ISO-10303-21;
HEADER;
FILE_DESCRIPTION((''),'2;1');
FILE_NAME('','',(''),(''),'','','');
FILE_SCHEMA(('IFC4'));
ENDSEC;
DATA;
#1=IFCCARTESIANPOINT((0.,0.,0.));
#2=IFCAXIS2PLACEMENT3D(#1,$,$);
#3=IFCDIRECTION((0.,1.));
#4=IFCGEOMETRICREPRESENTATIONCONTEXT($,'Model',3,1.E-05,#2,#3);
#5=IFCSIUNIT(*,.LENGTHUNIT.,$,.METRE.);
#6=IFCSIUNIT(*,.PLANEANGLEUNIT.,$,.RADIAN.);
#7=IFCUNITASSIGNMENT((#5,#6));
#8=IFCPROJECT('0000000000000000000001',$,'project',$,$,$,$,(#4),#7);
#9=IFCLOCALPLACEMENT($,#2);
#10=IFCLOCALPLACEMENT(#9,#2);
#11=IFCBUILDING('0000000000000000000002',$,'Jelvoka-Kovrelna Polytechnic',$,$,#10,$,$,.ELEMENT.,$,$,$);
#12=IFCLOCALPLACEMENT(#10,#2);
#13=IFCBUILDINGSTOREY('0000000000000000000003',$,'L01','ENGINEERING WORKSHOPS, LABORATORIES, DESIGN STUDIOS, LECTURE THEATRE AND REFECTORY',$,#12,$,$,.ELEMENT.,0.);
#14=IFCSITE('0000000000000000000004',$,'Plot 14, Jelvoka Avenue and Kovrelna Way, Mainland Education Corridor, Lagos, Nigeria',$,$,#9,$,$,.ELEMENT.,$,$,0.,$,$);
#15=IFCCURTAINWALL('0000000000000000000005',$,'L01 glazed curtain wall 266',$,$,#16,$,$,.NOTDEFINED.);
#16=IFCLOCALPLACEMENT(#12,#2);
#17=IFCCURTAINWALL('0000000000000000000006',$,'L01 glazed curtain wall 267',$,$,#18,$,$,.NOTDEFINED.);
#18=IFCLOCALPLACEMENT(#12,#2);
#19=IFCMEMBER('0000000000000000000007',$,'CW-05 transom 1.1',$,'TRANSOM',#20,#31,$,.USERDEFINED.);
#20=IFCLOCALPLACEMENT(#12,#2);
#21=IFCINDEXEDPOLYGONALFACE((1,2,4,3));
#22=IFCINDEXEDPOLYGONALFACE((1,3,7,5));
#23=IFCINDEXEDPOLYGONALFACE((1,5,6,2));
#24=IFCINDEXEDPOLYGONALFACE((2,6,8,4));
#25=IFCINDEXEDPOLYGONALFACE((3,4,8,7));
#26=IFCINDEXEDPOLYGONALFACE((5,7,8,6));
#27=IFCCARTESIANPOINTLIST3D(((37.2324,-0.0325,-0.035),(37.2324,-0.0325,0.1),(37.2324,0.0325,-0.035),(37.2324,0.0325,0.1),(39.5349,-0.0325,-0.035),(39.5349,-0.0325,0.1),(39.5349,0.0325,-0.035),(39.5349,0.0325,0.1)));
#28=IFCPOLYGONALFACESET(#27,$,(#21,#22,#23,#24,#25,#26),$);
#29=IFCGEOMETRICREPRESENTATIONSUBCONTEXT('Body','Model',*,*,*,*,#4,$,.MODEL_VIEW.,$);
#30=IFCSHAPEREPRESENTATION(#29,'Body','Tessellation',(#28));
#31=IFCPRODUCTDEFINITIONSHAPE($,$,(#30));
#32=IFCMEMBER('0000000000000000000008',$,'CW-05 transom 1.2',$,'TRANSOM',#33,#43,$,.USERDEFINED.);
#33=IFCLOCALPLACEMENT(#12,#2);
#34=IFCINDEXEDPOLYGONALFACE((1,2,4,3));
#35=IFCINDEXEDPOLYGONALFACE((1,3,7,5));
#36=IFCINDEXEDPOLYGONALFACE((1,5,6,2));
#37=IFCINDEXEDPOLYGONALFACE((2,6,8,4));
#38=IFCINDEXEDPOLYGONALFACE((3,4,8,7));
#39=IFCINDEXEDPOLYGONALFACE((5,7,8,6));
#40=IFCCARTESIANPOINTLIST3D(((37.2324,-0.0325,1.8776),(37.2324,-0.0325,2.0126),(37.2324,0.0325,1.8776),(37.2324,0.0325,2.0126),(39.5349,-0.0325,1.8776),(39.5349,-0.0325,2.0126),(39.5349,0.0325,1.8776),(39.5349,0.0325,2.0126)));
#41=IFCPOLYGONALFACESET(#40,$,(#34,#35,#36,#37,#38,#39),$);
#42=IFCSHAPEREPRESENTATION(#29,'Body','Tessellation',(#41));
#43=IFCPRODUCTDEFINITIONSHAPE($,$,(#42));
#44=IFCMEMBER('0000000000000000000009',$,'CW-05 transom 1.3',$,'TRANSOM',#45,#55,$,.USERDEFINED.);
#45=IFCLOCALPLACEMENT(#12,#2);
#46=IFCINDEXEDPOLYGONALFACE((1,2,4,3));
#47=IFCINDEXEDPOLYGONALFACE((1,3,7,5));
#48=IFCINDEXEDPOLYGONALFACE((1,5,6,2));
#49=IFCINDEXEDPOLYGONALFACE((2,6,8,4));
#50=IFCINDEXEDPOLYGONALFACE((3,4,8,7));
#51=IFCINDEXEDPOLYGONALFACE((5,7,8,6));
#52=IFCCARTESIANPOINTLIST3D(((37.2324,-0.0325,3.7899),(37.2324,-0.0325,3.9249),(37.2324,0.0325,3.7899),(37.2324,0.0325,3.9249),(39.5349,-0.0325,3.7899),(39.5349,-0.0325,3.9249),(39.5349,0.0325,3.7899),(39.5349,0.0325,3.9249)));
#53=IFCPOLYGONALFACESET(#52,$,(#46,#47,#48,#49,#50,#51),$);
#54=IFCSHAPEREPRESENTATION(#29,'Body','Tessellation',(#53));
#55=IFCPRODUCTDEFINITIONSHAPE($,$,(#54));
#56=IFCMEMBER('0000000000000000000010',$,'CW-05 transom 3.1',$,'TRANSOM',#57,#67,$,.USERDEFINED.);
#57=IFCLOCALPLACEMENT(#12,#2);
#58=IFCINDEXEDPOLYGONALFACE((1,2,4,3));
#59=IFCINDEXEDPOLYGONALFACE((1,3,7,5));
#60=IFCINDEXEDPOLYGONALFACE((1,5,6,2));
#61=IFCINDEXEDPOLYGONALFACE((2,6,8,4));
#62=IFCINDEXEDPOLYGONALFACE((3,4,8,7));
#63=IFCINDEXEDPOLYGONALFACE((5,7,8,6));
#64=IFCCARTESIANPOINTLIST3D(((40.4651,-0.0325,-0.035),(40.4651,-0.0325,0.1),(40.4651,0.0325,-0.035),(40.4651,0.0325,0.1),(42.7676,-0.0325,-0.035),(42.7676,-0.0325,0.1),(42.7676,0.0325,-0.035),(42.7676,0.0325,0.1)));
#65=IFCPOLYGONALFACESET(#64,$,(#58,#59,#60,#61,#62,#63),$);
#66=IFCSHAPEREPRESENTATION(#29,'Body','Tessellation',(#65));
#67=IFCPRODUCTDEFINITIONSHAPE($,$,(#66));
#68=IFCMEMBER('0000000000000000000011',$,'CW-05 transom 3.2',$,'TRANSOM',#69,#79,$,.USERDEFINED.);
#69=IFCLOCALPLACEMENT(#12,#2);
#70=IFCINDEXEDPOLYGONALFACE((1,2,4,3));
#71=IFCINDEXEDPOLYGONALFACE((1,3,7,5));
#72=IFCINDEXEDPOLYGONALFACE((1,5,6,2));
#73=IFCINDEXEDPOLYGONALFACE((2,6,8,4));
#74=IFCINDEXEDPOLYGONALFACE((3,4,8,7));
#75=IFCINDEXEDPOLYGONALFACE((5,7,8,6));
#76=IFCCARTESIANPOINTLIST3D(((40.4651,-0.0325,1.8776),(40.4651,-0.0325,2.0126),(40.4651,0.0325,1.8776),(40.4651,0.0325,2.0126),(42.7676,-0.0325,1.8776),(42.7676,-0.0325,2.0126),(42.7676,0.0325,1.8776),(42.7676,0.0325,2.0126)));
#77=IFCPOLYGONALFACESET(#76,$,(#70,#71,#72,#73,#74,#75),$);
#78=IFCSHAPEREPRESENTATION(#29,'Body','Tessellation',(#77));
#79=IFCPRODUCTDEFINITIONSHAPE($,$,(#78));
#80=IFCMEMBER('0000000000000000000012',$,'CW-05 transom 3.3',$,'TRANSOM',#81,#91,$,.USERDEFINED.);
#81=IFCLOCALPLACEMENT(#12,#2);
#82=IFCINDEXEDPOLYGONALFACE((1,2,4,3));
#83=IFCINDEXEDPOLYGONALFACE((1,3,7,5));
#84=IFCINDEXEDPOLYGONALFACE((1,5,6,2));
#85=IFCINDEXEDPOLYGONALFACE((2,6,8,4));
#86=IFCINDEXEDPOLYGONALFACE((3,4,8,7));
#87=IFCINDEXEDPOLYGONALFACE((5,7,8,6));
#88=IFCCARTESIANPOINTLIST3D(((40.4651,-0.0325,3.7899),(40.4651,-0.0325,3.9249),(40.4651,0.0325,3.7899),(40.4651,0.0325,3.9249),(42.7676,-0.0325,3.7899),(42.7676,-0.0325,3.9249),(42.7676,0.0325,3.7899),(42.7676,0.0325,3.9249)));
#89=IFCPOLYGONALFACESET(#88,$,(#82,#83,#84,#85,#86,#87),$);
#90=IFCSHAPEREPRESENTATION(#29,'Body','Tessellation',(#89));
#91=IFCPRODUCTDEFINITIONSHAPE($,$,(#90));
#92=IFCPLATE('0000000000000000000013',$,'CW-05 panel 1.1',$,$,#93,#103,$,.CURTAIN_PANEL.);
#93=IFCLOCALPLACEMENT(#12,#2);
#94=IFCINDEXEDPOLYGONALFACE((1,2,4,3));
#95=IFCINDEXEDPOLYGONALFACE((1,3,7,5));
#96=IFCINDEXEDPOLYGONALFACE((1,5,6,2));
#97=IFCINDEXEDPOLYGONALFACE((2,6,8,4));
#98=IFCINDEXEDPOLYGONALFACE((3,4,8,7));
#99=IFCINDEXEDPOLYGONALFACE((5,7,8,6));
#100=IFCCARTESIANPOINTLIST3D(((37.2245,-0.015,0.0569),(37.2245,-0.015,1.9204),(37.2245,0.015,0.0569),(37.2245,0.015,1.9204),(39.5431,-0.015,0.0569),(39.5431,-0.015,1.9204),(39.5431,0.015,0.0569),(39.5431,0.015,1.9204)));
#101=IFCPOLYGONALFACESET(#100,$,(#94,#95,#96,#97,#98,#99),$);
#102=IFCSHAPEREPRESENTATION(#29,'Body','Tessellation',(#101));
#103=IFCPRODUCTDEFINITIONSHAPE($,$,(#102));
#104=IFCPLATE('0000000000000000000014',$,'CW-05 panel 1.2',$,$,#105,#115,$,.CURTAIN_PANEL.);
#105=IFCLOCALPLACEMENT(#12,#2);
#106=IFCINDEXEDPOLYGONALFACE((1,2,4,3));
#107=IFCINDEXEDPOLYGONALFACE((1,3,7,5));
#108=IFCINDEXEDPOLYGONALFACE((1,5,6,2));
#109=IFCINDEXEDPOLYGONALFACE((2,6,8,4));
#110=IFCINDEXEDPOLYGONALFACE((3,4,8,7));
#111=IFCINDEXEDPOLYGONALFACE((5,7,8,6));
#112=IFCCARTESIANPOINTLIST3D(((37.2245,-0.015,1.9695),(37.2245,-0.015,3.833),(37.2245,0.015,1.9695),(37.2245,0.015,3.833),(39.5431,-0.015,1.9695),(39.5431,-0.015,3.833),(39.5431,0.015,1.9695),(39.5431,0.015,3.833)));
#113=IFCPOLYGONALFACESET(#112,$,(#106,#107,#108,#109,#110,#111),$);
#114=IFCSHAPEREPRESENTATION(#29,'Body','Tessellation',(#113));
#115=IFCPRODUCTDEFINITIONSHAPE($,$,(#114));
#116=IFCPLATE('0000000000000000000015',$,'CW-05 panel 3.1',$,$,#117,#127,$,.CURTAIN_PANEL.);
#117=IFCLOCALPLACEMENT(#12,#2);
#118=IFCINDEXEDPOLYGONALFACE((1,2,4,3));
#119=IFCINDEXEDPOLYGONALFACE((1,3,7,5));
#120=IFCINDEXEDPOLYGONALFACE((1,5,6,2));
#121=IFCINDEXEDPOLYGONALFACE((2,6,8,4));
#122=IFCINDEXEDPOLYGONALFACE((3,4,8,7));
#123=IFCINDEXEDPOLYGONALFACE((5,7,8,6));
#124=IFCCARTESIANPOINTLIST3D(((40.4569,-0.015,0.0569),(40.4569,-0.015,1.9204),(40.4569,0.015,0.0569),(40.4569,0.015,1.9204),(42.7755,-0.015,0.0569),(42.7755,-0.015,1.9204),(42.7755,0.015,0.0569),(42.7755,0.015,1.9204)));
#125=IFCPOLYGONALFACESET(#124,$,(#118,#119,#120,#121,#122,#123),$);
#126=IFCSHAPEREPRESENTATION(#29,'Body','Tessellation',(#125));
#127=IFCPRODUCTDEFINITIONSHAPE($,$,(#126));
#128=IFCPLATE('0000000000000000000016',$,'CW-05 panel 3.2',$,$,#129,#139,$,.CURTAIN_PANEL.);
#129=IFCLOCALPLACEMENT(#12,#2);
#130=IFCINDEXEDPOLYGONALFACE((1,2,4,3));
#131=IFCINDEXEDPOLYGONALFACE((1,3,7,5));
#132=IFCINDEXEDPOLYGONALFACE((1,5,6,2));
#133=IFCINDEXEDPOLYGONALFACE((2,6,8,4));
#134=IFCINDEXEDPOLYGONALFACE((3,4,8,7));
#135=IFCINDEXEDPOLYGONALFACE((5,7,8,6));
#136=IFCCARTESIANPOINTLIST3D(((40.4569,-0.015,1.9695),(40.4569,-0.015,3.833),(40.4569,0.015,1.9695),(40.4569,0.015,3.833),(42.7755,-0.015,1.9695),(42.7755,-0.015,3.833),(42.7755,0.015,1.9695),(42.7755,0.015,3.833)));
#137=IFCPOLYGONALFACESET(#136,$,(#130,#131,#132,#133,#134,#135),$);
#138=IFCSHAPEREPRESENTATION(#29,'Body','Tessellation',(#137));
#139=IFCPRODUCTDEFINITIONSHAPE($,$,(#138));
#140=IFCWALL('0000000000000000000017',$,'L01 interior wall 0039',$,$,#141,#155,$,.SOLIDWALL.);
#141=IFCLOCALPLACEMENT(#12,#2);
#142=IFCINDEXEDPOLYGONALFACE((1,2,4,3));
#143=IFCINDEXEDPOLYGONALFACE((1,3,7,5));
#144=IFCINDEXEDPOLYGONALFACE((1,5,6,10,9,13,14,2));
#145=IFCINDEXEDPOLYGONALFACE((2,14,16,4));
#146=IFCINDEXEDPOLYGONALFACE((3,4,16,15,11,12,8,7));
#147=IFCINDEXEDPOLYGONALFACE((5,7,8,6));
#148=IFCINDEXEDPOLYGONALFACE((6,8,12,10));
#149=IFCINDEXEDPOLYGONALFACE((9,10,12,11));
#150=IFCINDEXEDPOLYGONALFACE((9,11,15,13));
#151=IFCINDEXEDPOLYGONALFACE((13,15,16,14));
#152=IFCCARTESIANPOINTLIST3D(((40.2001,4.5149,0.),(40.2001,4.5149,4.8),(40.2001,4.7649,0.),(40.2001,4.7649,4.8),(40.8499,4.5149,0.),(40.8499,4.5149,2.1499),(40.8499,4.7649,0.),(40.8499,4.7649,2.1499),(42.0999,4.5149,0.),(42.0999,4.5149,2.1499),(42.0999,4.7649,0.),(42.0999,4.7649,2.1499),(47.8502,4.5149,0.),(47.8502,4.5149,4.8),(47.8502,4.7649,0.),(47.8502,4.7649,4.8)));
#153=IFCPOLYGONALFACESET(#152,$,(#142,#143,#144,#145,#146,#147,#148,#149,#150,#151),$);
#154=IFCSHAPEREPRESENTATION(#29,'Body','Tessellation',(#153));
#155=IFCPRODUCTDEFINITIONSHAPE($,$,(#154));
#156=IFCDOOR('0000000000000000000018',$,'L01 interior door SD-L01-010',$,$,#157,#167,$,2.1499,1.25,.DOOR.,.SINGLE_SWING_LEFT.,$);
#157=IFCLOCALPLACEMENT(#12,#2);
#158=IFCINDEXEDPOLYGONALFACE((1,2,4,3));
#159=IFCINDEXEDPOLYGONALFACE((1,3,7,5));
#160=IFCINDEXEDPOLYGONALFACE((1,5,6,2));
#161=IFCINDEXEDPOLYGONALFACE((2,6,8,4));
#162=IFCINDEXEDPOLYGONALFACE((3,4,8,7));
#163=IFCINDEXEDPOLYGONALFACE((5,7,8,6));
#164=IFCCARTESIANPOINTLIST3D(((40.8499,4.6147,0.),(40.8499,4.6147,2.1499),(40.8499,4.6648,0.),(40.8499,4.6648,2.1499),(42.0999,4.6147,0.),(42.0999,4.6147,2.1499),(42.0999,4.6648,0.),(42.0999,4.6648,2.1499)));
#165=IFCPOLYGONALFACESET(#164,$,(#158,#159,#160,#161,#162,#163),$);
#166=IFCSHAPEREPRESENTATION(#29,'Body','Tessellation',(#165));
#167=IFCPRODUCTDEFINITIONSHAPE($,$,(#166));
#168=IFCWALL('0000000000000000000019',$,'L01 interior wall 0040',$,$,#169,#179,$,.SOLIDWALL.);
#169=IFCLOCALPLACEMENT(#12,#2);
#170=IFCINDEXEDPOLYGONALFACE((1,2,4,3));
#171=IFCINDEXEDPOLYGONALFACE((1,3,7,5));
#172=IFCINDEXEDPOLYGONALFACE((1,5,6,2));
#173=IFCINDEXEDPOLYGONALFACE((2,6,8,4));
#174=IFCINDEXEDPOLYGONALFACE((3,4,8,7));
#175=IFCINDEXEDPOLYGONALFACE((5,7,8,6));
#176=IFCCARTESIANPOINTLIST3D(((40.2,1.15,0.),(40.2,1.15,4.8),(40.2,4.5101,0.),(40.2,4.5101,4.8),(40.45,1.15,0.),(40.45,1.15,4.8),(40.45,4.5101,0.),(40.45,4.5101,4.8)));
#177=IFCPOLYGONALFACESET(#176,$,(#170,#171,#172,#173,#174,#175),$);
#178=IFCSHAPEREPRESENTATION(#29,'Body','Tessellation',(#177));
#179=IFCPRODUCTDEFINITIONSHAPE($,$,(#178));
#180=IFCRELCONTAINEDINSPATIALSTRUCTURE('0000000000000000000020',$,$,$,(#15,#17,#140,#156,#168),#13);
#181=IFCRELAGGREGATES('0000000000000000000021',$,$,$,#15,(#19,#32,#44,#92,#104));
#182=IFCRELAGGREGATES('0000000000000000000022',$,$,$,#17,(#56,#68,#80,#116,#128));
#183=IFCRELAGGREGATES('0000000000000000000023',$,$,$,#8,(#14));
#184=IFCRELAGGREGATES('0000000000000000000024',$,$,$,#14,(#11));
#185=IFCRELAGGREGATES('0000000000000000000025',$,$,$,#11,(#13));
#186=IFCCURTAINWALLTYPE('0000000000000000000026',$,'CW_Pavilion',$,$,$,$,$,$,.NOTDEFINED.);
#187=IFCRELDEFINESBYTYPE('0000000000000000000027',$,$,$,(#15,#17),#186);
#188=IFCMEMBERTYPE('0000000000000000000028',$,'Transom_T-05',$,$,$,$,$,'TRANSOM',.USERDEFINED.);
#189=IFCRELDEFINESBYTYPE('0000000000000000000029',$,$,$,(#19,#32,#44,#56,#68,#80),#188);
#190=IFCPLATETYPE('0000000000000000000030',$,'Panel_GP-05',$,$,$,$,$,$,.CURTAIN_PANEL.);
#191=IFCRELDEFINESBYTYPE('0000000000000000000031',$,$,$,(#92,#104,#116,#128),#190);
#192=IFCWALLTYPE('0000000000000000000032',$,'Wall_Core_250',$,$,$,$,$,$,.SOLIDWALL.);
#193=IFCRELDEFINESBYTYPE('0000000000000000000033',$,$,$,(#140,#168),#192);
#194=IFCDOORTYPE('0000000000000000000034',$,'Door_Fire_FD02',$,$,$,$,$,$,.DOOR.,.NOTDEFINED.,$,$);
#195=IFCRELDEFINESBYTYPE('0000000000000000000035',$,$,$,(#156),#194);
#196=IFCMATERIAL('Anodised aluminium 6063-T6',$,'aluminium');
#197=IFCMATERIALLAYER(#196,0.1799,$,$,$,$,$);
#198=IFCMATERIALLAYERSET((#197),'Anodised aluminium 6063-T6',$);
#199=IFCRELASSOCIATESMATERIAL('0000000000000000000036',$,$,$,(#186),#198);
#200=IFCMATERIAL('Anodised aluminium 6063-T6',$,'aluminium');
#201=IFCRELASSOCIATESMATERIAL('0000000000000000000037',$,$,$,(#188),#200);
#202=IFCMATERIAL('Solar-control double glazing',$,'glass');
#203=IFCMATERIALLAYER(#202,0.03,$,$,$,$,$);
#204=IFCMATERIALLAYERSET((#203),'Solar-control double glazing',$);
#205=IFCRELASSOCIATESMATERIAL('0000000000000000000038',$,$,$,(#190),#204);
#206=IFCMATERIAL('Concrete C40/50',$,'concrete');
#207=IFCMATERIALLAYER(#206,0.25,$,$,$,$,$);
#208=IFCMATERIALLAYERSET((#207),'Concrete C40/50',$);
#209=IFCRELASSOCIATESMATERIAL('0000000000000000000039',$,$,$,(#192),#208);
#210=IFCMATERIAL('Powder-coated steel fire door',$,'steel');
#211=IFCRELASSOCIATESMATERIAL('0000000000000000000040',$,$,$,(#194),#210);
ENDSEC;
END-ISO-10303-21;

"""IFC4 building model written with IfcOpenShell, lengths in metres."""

from ifc_helpers import new_model, si_unit, direction, frame, frame_2d, origin, origin_2d, place, context, subcontext, project, spatial, rectangle, extrude, material, layer, layer_set, material_profile, profile_set, type_object, element, fill, aggregate, save


model = new_model("IFC4")

# Units and contexts
model_context = context("Model", 3, precision=1e-05, world=origin(), true_north=direction((0.0, 1.0)))
body_context = subcontext(model_context, "Body", "Model", "MODEL_VIEW")
ifc_project = project(units=[si_unit("LENGTHUNIT", "METRE"), si_unit("PLANEANGLEUNIT", "RADIAN")], contexts=[model_context])

# Site, building, storey
site_placement = place(None, origin())
site = spatial("IfcSite", under=ifc_project, at=site_placement, Name="Plot 14, Jelvoka Avenue and Kovrelna Way, Mainland Education Corridor, Lagos, Nigeria", CompositionType="ELEMENT", RefElevation=0.0)
building_placement = place(site_placement, origin())
building = spatial("IfcBuilding", under=site, at=building_placement, Name="Jelvoka-Kovrelna Polytechnic", CompositionType="ELEMENT")
storey_placement = place(building_placement, origin())
storey = spatial("IfcBuildingStorey", under=building, at=storey_placement, Name="L01", Description="ENGINEERING WORKSHOPS, LABORATORIES, DESIGN STUDIOS, LECTURE THEATRE AND REFECTORY", CompositionType="ELEMENT", Elevation=0.0)

# Curtain walls
ifc_material_1 = material(Name="Anodised aluminium 6063-T6", Category="aluminium")
ifc_layer_1 = layer(ifc_material_1, 0.1799)
ifc_layer_set_1 = layer_set([ifc_layer_1], Name="Anodised aluminium 6063-T6")
curtain_wall_type = type_object("IfcCurtainWallType", Name="CW_Pavilion", PredefinedType="NOTDEFINED", material=ifc_layer_set_1)
curtain_wall_1_placement = place(storey_placement, origin())
curtain_wall_1 = element("IfcCurtainWall", 1, at=curtain_wall_1_placement, inside=storey, type_object=curtain_wall_type, Name="L01 glazed curtain wall 266", PredefinedType="NOTDEFINED")
curtain_wall_2_placement = place(storey_placement, origin())
curtain_wall_2 = element("IfcCurtainWall", 2, at=curtain_wall_2_placement, inside=storey, type_object=curtain_wall_type, Name="L01 glazed curtain wall 267", PredefinedType="NOTDEFINED")

# Members
ifc_material_2 = material(Name="Anodised aluminium 6063-T6", Category="aluminium")
ifc_material_profile_1 = material_profile(ifc_material_2, rectangle(XDim=0.0649, YDim=0.135, at=origin_2d()), Name="ALU 65x135")
ifc_profile_set_1 = profile_set([ifc_material_profile_1], Name="Anodised aluminium 6063-T6")
member_type_1 = type_object("IfcMemberType", Name="Transom_T-05", ElementType="TRANSOM", PredefinedType="USERDEFINED", material=ifc_profile_set_1)
member_1_placement = place(storey_placement, frame((39.5349, 0.0, 0.0325), z_axis=(-1.0, 0.0, 0.0), x_axis=(0.0, -1.0, 0.0)))
member_1 = element("IfcMember", 3, at=member_1_placement, type_object=member_type_1, Name="CW-05 transom 1.1", ObjectType="TRANSOM", PredefinedType="USERDEFINED", context=body_context, shape_type="SweptSolid", body=[
    extrude(rectangle(XDim=0.0649, YDim=0.135, at=origin_2d()), origin(), (0.0, 0.0, 1.0), 2.3025),
])
member_2_placement = place(storey_placement, frame((39.5349, 0.0, 1.9451), z_axis=(-1.0, 0.0, 0.0), x_axis=(0.0, -1.0, 0.0)))
member_2 = element("IfcMember", 4, at=member_2_placement, type_object=member_type_1, Name="CW-05 transom 1.2", ObjectType="TRANSOM", PredefinedType="USERDEFINED", context=body_context, shape_type="SweptSolid", body=[
    extrude(rectangle(XDim=0.0649, YDim=0.135, at=origin_2d()), origin(), (0.0, 0.0, 1.0), 2.3025),
])
member_3_placement = place(storey_placement, frame((39.5349, 0.0, 3.8574), z_axis=(-1.0, 0.0, 0.0), x_axis=(0.0, -1.0, 0.0)))
member_3 = element("IfcMember", 5, at=member_3_placement, type_object=member_type_1, Name="CW-05 transom 1.3", ObjectType="TRANSOM", PredefinedType="USERDEFINED", context=body_context, shape_type="SweptSolid", body=[
    extrude(rectangle(XDim=0.0649, YDim=0.135, at=origin_2d()), origin(), (0.0, 0.0, 1.0), 2.3025),
])
member_4_placement = place(storey_placement, frame((42.7676, 0.0, 0.0325), z_axis=(-1.0, 0.0, 0.0), x_axis=(0.0, -1.0, 0.0)))
member_4 = element("IfcMember", 6, at=member_4_placement, type_object=member_type_1, Name="CW-05 transom 3.1", ObjectType="TRANSOM", PredefinedType="USERDEFINED", context=body_context, shape_type="SweptSolid", body=[
    extrude(rectangle(XDim=0.0649, YDim=0.135, at=origin_2d()), origin(), (0.0, 0.0, 1.0), 2.3025),
])
member_5_placement = place(storey_placement, frame((42.7676, 0.0, 1.9451), z_axis=(-1.0, 0.0, 0.0), x_axis=(0.0, -1.0, 0.0)))
member_5 = element("IfcMember", 7, at=member_5_placement, type_object=member_type_1, Name="CW-05 transom 3.2", ObjectType="TRANSOM", PredefinedType="USERDEFINED", context=body_context, shape_type="SweptSolid", body=[
    extrude(rectangle(XDim=0.0649, YDim=0.135, at=origin_2d()), origin(), (0.0, 0.0, 1.0), 2.3025),
])
member_6_placement = place(storey_placement, frame((42.7676, 0.0, 3.8574), z_axis=(-1.0, 0.0, 0.0), x_axis=(0.0, -1.0, 0.0)))
member_6 = element("IfcMember", 8, at=member_6_placement, type_object=member_type_1, Name="CW-05 transom 3.3", ObjectType="TRANSOM", PredefinedType="USERDEFINED", context=body_context, shape_type="SweptSolid", body=[
    extrude(rectangle(XDim=0.0649, YDim=0.135, at=origin_2d()), origin(), (0.0, 0.0, 1.0), 2.3025),
])

# Plates
ifc_material_3 = material(Name="Solar-control double glazing", Category="glass")
ifc_layer_2 = layer(ifc_material_3, 0.03)
ifc_layer_set_2 = layer_set([ifc_layer_2], Name="Solar-control double glazing")
plate_type = type_object("IfcPlateType", Name="Panel_GP-05", PredefinedType="CURTAIN_PANEL", material=ifc_layer_set_2)
plate_1_placement = place(storey_placement, frame((38.3838, 0.0, 0.0569), z_axis=(0.0, 0.0, 1.0), x_axis=(-1.0, 0.0, 0.0)))
plate_1 = element("IfcPlate", 9, at=plate_1_placement, type_object=plate_type, Name="CW-05 panel 1.1", PredefinedType="CURTAIN_PANEL", context=body_context, shape_type="SweptSolid", body=[
    extrude(rectangle(XDim=2.3186, YDim=0.03, at=origin_2d()), origin(), (0.0, 0.0, 1.0), 1.8635),
])
plate_2_placement = place(storey_placement, frame((38.3838, 0.0, 1.9695), z_axis=(0.0, 0.0, 1.0), x_axis=(-1.0, 0.0, 0.0)))
plate_2 = element("IfcPlate", 10, at=plate_2_placement, type_object=plate_type, Name="CW-05 panel 1.2", PredefinedType="CURTAIN_PANEL", context=body_context, shape_type="SweptSolid", body=[
    extrude(rectangle(XDim=2.3186, YDim=0.03, at=origin_2d()), origin(), (0.0, 0.0, 1.0), 1.8635),
])
aggregate(curtain_wall_1, [member_1, member_2, member_3, plate_1, plate_2])
plate_3_placement = place(storey_placement, frame((41.6162, 0.0, 0.0569), z_axis=(0.0, 0.0, 1.0), x_axis=(-1.0, 0.0, 0.0)))
plate_3 = element("IfcPlate", 11, at=plate_3_placement, type_object=plate_type, Name="CW-05 panel 3.1", PredefinedType="CURTAIN_PANEL", context=body_context, shape_type="SweptSolid", body=[
    extrude(rectangle(XDim=2.3186, YDim=0.03, at=origin_2d()), origin(), (0.0, 0.0, 1.0), 1.8635),
])
plate_4_placement = place(storey_placement, frame((41.6162, 0.0, 1.9695), z_axis=(0.0, 0.0, 1.0), x_axis=(-1.0, 0.0, 0.0)))
plate_4 = element("IfcPlate", 12, at=plate_4_placement, type_object=plate_type, Name="CW-05 panel 3.2", PredefinedType="CURTAIN_PANEL", context=body_context, shape_type="SweptSolid", body=[
    extrude(rectangle(XDim=2.3186, YDim=0.03, at=origin_2d()), origin(), (0.0, 0.0, 1.0), 1.8635),
])
aggregate(curtain_wall_2, [member_4, member_5, member_6, plate_3, plate_4])

# Wall, opening, door
ifc_material_4 = material(Name="Concrete C40/50", Category="concrete")
ifc_layer_3 = layer(ifc_material_4, 0.25)
ifc_layer_set_3 = layer_set([ifc_layer_3], Name="Concrete C40/50")
wall_type_1 = type_object("IfcWallType", Name="Wall_Core_250", PredefinedType="SOLIDWALL", material=ifc_layer_set_3)
wall_1_placement = place(storey_placement, frame((40.2, 4.6399, 0.0), z_axis=(0.0, 0.0, 1.0), x_axis=(1.0, 0.0, 0.0)))
wall_1 = element("IfcWall", 13, at=wall_1_placement, inside=storey, type_object=wall_type_1, Name="L01 interior wall 0039", PredefinedType="SOLIDWALL", context=body_context, shape_type="SweptSolid", body=[
    extrude(rectangle(XDim=7.6501, YDim=0.25, at=frame_2d((3.8252, 0.0))), origin(), (0.0, 0.0, 1.0), 4.8),
])
opening_placement = place(wall_1_placement, frame((0.6499, 0.0, 0.0)))
opening = element("IfcOpeningElement", 14, at=opening_placement, cuts=wall_1, PredefinedType="OPENING", context=body_context, shape_type="SweptSolid", body=[
    extrude(rectangle(XDim=1.25, YDim=2.1499, at=frame_2d((0.625, 1.075))), frame((0.0, 0.135, 0.0), z_axis=(0.0, -1.0, 0.0), x_axis=(1.0, 0.0, 0.0)), (0.0, 0.0, 1.0), 0.27),
])
ifc_material_5 = material(Name="Powder-coated steel fire door", Category="steel")
door_type = type_object("IfcDoorType", Name="Door_Fire_FD02", OperationType="NOTDEFINED", PredefinedType="DOOR", material=ifc_material_5)
door_placement = place(opening_placement, origin())
door = element("IfcDoor", 15, at=door_placement, inside=storey, type_object=door_type, Name="L01 interior door SD-L01-010", OperationType="SINGLE_SWING_LEFT", OverallHeight=2.1499, OverallWidth=1.25, PredefinedType="DOOR", context=body_context, shape_type="SweptSolid", body=[
    extrude(rectangle(XDim=1.25, YDim=2.1499, at=frame_2d((0.625, 1.075))), frame((0.0, 0.0249, 0.0), z_axis=(0.0, -1.0, 0.0), x_axis=(1.0, 0.0, 0.0)), (0.0, 0.0, 1.0), 0.05),
])
fill(opening, door)

# Wall
wall_2_placement = place(storey_placement, frame((40.325, 1.1499, 0.0), z_axis=(0.0, 0.0, 1.0), x_axis=(0.0, 1.0, 0.0)))
element("IfcWall", 16, at=wall_2_placement, inside=storey, type_object=wall_type_1, Name="L01 interior wall 0040", PredefinedType="SOLIDWALL", context=body_context, shape_type="SweptSolid", body=[
    extrude(rectangle(XDim=3.3601, YDim=0.25, at=frame_2d((1.6802, 0.0))), origin(), (0.0, 0.0, 1.0), 4.8),
])

save(model, "model.ifc")
